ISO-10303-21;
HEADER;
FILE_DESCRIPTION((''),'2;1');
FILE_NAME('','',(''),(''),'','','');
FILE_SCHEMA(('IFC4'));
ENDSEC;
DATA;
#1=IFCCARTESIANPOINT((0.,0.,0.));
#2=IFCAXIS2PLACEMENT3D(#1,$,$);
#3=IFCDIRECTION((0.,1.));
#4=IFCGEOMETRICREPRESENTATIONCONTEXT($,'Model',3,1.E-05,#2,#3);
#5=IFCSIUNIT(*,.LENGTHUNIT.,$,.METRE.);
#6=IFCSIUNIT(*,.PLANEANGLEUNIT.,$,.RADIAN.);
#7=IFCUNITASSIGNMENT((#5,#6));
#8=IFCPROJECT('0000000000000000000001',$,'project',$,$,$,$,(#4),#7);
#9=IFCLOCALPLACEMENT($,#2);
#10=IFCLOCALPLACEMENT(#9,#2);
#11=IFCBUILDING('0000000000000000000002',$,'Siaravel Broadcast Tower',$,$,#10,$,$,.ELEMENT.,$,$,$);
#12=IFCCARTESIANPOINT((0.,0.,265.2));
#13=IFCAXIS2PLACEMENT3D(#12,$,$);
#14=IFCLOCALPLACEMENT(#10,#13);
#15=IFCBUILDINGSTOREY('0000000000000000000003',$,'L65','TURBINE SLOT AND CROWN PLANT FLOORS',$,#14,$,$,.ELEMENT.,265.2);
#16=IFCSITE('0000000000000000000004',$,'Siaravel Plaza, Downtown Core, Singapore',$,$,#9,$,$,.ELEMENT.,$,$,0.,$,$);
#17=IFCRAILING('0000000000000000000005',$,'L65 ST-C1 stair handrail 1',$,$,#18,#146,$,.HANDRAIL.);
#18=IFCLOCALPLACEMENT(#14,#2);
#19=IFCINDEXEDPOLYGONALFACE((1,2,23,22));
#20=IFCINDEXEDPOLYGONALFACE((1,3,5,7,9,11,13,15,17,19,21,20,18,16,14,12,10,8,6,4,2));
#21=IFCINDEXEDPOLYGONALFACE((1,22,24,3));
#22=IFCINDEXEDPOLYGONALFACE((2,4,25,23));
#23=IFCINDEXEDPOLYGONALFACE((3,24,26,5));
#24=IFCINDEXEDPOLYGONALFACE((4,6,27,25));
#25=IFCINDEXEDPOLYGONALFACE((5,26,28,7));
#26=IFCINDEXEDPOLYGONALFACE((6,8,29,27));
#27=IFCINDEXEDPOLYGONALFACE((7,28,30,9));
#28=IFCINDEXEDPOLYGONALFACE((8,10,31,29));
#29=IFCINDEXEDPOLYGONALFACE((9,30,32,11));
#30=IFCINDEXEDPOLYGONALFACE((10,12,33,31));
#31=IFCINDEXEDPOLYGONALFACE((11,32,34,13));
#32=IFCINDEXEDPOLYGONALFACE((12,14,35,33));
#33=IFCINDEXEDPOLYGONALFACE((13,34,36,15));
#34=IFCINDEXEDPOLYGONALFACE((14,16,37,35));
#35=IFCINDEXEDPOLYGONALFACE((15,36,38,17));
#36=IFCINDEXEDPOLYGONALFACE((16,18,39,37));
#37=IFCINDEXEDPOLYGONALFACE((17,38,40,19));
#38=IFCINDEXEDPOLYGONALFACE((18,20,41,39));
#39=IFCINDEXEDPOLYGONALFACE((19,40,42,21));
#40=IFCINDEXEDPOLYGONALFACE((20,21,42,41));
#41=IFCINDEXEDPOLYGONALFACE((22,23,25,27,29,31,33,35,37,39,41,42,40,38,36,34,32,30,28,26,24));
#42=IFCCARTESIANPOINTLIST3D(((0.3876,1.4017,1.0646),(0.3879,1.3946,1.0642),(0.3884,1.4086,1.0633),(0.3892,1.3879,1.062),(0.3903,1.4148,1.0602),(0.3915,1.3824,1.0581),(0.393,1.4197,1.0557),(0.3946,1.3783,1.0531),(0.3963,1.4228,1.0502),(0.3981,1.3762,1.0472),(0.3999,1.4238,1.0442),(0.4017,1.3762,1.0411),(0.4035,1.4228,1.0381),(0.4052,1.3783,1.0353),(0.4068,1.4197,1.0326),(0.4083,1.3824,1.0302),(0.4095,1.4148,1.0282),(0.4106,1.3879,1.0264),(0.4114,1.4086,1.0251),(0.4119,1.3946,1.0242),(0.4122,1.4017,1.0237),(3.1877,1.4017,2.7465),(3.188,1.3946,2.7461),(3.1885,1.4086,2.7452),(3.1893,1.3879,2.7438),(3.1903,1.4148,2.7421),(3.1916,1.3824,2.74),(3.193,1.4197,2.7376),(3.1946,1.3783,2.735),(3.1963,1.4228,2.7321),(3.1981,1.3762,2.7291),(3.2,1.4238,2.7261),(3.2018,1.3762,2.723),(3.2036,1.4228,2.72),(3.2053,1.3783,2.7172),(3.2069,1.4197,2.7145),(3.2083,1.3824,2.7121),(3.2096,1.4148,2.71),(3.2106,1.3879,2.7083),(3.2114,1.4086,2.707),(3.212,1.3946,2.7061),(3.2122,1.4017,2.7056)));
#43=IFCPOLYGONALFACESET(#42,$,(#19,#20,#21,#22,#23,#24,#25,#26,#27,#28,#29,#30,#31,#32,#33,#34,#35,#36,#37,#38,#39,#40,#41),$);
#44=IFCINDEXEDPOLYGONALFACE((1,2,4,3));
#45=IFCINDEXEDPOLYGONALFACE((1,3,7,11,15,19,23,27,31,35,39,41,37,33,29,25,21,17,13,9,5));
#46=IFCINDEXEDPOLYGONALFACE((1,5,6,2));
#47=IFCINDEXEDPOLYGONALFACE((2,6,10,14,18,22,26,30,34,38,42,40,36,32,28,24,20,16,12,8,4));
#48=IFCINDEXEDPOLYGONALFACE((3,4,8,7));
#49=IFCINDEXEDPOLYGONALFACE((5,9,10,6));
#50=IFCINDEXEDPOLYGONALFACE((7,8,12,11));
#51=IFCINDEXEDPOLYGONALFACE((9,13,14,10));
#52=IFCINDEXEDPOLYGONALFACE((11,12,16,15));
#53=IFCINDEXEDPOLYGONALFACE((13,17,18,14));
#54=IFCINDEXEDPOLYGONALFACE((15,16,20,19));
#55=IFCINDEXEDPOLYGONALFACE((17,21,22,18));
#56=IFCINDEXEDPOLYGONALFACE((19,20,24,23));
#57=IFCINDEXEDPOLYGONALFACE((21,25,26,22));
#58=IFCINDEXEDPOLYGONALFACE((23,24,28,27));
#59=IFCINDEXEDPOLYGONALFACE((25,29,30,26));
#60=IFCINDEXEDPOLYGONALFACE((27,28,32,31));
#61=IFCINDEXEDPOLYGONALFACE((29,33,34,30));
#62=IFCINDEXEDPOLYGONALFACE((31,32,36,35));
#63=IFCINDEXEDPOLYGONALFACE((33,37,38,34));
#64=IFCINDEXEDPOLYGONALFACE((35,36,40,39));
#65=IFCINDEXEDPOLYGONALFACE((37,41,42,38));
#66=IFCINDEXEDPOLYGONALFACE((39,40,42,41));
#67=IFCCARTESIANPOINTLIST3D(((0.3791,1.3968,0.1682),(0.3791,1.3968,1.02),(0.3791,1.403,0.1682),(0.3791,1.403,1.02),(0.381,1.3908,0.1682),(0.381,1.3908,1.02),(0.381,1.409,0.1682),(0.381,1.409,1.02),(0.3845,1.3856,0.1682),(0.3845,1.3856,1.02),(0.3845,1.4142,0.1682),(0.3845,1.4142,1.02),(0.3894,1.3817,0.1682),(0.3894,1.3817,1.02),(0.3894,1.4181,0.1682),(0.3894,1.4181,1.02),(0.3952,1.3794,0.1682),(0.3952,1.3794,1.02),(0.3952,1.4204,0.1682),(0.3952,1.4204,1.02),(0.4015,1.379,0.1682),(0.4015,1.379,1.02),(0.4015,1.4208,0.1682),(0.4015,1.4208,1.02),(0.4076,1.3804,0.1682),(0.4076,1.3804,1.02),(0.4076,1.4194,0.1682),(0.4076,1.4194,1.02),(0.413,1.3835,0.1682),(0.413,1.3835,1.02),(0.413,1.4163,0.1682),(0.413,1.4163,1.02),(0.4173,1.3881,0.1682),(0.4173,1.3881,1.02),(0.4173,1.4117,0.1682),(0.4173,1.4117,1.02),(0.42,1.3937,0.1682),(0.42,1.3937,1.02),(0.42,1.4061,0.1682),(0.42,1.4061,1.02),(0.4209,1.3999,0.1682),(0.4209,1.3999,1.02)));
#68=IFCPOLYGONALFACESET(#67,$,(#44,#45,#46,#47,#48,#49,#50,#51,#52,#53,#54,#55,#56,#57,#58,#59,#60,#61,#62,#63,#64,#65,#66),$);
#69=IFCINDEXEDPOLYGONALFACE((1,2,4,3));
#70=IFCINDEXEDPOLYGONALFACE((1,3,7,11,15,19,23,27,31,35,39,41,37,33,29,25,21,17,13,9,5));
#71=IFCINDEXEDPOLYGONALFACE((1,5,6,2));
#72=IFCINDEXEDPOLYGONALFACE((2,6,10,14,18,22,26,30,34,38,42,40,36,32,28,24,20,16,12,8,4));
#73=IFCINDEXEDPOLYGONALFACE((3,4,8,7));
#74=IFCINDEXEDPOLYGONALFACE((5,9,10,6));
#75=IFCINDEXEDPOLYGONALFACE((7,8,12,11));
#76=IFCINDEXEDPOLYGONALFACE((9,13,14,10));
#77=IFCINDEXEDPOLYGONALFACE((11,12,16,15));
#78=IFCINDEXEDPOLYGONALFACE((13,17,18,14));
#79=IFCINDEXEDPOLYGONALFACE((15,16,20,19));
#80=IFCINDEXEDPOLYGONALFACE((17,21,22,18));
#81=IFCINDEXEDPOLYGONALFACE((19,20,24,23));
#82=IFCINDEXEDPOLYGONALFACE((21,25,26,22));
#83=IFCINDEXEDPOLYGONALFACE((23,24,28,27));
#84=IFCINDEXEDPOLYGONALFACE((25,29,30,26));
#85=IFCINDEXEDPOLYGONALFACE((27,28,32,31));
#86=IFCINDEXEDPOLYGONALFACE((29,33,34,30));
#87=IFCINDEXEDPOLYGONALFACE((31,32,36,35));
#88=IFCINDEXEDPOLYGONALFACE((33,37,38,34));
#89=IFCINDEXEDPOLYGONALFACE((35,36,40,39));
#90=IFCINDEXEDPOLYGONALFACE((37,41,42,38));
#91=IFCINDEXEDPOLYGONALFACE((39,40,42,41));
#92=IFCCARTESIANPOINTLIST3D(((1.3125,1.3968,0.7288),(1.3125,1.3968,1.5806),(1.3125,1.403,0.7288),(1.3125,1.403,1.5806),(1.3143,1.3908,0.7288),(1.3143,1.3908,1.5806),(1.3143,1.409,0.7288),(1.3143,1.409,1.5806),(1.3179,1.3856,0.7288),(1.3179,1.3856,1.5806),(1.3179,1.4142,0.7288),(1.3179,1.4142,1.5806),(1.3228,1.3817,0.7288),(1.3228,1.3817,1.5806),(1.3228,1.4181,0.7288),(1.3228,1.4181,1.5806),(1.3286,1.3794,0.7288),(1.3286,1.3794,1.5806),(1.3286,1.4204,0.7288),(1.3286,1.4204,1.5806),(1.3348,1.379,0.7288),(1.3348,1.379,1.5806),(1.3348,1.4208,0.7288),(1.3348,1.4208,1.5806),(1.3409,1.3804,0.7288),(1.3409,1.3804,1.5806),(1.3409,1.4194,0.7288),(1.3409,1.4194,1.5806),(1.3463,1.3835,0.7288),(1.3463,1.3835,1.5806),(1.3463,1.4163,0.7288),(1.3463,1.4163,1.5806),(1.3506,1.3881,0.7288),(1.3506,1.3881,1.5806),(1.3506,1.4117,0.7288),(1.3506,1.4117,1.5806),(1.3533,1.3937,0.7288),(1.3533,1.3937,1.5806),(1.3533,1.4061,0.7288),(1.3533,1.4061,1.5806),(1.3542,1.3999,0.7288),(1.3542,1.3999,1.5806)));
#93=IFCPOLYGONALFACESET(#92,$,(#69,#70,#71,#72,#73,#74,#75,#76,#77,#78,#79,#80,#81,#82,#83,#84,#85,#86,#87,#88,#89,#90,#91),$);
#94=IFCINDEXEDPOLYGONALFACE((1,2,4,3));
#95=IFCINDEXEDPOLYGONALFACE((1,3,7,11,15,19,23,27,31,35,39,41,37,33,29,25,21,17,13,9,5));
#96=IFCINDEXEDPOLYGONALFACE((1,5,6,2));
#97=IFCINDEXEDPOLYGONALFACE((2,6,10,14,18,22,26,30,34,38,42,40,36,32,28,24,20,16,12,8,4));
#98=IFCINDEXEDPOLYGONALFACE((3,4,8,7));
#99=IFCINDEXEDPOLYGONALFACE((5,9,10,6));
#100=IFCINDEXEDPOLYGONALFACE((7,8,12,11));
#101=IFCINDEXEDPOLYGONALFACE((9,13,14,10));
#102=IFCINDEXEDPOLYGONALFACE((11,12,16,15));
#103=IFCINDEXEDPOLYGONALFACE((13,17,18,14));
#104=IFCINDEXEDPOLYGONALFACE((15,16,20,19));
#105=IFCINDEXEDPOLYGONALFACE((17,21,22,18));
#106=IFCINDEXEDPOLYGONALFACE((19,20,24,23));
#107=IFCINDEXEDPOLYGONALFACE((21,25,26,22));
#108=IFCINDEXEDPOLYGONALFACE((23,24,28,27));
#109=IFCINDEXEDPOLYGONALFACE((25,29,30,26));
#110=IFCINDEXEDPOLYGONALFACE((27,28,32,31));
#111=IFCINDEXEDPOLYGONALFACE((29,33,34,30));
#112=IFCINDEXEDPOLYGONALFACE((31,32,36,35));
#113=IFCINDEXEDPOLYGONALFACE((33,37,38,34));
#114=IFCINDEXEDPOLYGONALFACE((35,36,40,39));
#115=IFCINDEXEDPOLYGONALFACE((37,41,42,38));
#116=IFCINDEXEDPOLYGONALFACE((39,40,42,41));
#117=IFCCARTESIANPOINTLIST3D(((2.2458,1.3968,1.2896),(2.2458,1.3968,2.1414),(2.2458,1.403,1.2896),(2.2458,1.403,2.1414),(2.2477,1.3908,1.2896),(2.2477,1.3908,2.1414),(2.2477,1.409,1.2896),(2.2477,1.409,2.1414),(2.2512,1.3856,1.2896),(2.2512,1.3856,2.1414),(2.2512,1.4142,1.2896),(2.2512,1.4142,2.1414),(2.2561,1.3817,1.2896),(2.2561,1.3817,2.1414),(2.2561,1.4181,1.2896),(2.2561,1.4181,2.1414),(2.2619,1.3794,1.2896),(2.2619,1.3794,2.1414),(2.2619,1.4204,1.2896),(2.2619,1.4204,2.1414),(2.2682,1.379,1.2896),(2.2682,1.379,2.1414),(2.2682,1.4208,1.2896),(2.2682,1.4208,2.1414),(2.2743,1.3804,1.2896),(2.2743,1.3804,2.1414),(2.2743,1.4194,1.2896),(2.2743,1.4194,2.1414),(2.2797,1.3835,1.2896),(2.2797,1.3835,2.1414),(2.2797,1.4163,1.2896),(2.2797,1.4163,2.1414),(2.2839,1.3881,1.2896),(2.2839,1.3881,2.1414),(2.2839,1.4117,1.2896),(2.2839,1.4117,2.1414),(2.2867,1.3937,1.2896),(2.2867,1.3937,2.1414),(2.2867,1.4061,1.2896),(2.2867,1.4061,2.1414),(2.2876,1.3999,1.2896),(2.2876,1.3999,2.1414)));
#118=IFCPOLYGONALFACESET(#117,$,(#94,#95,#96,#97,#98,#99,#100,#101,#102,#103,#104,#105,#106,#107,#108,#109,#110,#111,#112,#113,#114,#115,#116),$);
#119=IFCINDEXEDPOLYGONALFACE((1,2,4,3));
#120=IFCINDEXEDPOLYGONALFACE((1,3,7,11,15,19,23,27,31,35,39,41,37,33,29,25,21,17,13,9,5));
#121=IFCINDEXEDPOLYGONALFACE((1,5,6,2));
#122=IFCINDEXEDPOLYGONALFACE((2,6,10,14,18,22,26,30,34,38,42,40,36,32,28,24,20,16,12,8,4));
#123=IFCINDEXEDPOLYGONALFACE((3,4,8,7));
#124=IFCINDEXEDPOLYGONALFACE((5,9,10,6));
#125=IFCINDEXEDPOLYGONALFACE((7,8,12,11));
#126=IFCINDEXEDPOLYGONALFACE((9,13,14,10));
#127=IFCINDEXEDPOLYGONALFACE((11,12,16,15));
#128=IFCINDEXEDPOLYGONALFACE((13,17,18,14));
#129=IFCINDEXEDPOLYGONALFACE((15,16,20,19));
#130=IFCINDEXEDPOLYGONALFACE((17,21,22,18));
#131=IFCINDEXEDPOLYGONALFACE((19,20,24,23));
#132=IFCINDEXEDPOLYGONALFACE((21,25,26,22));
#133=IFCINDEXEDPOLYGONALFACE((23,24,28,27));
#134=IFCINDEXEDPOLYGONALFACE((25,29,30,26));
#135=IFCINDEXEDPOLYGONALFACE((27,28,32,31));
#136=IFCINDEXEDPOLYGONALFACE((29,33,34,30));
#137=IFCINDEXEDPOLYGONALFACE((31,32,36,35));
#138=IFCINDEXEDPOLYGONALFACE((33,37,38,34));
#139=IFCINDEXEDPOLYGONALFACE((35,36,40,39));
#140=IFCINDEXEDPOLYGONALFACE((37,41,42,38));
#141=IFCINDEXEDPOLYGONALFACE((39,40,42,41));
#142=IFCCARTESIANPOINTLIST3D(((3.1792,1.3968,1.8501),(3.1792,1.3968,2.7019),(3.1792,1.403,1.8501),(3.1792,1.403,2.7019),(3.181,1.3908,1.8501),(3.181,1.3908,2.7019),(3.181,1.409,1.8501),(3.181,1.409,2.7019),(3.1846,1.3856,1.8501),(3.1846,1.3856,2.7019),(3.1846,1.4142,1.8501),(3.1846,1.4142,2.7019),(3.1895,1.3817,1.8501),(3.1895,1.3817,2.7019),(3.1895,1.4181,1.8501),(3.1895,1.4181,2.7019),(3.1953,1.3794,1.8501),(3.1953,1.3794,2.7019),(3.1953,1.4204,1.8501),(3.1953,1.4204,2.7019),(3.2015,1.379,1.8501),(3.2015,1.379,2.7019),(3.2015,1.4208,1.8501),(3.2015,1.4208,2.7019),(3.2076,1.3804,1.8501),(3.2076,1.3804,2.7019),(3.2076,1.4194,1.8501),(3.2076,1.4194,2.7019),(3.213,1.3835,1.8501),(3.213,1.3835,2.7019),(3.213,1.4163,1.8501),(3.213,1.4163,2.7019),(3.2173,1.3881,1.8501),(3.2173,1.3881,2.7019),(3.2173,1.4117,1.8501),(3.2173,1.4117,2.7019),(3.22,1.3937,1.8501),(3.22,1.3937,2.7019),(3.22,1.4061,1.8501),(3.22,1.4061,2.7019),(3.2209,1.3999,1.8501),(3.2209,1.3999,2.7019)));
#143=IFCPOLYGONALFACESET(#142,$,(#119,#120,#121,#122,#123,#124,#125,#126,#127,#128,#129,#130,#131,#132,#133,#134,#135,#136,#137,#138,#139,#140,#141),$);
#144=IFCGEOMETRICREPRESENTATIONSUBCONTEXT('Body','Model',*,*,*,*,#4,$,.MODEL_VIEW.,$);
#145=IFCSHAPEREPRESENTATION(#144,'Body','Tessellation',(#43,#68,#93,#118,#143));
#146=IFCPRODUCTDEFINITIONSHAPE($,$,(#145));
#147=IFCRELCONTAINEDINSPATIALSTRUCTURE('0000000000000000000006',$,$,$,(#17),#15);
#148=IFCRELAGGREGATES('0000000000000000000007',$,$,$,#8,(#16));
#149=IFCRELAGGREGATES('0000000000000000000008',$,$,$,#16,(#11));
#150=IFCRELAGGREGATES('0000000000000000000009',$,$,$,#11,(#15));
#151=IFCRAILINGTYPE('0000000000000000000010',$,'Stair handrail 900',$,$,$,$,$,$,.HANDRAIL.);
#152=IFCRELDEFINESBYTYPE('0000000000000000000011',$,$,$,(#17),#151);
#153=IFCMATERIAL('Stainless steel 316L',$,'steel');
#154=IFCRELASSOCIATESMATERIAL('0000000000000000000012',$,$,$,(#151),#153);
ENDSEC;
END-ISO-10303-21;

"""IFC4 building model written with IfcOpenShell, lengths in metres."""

from ifc_helpers import new_model, si_unit, direction, frame, origin, origin_2d, place, context, subcontext, project, spatial, circle, extrude, material, type_object, element, save


model = new_model("IFC4")

# Units and contexts
model_context = context("Model", 3, precision=1e-05, world=origin(), true_north=direction((0.0, 1.0)))
body_context = subcontext(model_context, "Body", "Model", "MODEL_VIEW")
ifc_project = project(units=[si_unit("LENGTHUNIT", "METRE"), si_unit("PLANEANGLEUNIT", "RADIAN")], contexts=[model_context])

# Site, building, storey
site_placement = place(None, origin())
site = spatial("IfcSite", under=ifc_project, at=site_placement, Name="Siaravel Plaza, Downtown Core, Singapore", CompositionType="ELEMENT", RefElevation=0.0)
building_placement = place(site_placement, origin())
building = spatial("IfcBuilding", under=site, at=building_placement, Name="Siaravel Broadcast Tower", CompositionType="ELEMENT")
storey_placement = place(building_placement, frame((0.0, 0.0, 265.2)))
storey = spatial("IfcBuildingStorey", under=building, at=storey_placement, Name="L65", Description="TURBINE SLOT AND CROWN PLANT FLOORS", CompositionType="ELEMENT", Elevation=265.2)

# Railing
ifc_material_1 = material(Name="Stainless steel 316L", Category="steel")
railing_type_1 = type_object("IfcRailingType", Name="Stair handrail 900", PredefinedType="HANDRAIL", material=ifc_material_1)
railing_1_placement = place(storey_placement, frame((0.3999, 1.3999, 0.1682)))
element("IfcRailing", 1, at=railing_1_placement, inside=storey, type_object=railing_type_1, Name="L65 ST-C1 stair handrail 1", PredefinedType="HANDRAIL", context=body_context, shape_type="SweptSolid", body=[
    extrude(circle(Radius=0.0239, at=origin_2d()), frame((0.0, 0.0, 0.876), z_axis=(0.857242, 0.0, 0.514913), x_axis=(0.0, 1.0, 0.0)), (0.0, 0.0, 1.0), 3.2664),
    extrude(circle(Radius=0.021, at=origin_2d()), origin(), (0.0, 0.0, 1.0), 0.8518),
    extrude(circle(Radius=0.021, at=origin_2d()), frame((0.9333, 0.0, 0.5605)), (0.0, 0.0, 1.0), 0.8518),
    extrude(circle(Radius=0.021, at=origin_2d()), frame((1.8667, 0.0, 1.1213)), (0.0, 0.0, 1.0), 0.8518),
    extrude(circle(Radius=0.021, at=origin_2d()), frame((2.8, 0.0, 1.6819)), (0.0, 0.0, 1.0), 0.8518),
])

save(model, "model.ifc")
